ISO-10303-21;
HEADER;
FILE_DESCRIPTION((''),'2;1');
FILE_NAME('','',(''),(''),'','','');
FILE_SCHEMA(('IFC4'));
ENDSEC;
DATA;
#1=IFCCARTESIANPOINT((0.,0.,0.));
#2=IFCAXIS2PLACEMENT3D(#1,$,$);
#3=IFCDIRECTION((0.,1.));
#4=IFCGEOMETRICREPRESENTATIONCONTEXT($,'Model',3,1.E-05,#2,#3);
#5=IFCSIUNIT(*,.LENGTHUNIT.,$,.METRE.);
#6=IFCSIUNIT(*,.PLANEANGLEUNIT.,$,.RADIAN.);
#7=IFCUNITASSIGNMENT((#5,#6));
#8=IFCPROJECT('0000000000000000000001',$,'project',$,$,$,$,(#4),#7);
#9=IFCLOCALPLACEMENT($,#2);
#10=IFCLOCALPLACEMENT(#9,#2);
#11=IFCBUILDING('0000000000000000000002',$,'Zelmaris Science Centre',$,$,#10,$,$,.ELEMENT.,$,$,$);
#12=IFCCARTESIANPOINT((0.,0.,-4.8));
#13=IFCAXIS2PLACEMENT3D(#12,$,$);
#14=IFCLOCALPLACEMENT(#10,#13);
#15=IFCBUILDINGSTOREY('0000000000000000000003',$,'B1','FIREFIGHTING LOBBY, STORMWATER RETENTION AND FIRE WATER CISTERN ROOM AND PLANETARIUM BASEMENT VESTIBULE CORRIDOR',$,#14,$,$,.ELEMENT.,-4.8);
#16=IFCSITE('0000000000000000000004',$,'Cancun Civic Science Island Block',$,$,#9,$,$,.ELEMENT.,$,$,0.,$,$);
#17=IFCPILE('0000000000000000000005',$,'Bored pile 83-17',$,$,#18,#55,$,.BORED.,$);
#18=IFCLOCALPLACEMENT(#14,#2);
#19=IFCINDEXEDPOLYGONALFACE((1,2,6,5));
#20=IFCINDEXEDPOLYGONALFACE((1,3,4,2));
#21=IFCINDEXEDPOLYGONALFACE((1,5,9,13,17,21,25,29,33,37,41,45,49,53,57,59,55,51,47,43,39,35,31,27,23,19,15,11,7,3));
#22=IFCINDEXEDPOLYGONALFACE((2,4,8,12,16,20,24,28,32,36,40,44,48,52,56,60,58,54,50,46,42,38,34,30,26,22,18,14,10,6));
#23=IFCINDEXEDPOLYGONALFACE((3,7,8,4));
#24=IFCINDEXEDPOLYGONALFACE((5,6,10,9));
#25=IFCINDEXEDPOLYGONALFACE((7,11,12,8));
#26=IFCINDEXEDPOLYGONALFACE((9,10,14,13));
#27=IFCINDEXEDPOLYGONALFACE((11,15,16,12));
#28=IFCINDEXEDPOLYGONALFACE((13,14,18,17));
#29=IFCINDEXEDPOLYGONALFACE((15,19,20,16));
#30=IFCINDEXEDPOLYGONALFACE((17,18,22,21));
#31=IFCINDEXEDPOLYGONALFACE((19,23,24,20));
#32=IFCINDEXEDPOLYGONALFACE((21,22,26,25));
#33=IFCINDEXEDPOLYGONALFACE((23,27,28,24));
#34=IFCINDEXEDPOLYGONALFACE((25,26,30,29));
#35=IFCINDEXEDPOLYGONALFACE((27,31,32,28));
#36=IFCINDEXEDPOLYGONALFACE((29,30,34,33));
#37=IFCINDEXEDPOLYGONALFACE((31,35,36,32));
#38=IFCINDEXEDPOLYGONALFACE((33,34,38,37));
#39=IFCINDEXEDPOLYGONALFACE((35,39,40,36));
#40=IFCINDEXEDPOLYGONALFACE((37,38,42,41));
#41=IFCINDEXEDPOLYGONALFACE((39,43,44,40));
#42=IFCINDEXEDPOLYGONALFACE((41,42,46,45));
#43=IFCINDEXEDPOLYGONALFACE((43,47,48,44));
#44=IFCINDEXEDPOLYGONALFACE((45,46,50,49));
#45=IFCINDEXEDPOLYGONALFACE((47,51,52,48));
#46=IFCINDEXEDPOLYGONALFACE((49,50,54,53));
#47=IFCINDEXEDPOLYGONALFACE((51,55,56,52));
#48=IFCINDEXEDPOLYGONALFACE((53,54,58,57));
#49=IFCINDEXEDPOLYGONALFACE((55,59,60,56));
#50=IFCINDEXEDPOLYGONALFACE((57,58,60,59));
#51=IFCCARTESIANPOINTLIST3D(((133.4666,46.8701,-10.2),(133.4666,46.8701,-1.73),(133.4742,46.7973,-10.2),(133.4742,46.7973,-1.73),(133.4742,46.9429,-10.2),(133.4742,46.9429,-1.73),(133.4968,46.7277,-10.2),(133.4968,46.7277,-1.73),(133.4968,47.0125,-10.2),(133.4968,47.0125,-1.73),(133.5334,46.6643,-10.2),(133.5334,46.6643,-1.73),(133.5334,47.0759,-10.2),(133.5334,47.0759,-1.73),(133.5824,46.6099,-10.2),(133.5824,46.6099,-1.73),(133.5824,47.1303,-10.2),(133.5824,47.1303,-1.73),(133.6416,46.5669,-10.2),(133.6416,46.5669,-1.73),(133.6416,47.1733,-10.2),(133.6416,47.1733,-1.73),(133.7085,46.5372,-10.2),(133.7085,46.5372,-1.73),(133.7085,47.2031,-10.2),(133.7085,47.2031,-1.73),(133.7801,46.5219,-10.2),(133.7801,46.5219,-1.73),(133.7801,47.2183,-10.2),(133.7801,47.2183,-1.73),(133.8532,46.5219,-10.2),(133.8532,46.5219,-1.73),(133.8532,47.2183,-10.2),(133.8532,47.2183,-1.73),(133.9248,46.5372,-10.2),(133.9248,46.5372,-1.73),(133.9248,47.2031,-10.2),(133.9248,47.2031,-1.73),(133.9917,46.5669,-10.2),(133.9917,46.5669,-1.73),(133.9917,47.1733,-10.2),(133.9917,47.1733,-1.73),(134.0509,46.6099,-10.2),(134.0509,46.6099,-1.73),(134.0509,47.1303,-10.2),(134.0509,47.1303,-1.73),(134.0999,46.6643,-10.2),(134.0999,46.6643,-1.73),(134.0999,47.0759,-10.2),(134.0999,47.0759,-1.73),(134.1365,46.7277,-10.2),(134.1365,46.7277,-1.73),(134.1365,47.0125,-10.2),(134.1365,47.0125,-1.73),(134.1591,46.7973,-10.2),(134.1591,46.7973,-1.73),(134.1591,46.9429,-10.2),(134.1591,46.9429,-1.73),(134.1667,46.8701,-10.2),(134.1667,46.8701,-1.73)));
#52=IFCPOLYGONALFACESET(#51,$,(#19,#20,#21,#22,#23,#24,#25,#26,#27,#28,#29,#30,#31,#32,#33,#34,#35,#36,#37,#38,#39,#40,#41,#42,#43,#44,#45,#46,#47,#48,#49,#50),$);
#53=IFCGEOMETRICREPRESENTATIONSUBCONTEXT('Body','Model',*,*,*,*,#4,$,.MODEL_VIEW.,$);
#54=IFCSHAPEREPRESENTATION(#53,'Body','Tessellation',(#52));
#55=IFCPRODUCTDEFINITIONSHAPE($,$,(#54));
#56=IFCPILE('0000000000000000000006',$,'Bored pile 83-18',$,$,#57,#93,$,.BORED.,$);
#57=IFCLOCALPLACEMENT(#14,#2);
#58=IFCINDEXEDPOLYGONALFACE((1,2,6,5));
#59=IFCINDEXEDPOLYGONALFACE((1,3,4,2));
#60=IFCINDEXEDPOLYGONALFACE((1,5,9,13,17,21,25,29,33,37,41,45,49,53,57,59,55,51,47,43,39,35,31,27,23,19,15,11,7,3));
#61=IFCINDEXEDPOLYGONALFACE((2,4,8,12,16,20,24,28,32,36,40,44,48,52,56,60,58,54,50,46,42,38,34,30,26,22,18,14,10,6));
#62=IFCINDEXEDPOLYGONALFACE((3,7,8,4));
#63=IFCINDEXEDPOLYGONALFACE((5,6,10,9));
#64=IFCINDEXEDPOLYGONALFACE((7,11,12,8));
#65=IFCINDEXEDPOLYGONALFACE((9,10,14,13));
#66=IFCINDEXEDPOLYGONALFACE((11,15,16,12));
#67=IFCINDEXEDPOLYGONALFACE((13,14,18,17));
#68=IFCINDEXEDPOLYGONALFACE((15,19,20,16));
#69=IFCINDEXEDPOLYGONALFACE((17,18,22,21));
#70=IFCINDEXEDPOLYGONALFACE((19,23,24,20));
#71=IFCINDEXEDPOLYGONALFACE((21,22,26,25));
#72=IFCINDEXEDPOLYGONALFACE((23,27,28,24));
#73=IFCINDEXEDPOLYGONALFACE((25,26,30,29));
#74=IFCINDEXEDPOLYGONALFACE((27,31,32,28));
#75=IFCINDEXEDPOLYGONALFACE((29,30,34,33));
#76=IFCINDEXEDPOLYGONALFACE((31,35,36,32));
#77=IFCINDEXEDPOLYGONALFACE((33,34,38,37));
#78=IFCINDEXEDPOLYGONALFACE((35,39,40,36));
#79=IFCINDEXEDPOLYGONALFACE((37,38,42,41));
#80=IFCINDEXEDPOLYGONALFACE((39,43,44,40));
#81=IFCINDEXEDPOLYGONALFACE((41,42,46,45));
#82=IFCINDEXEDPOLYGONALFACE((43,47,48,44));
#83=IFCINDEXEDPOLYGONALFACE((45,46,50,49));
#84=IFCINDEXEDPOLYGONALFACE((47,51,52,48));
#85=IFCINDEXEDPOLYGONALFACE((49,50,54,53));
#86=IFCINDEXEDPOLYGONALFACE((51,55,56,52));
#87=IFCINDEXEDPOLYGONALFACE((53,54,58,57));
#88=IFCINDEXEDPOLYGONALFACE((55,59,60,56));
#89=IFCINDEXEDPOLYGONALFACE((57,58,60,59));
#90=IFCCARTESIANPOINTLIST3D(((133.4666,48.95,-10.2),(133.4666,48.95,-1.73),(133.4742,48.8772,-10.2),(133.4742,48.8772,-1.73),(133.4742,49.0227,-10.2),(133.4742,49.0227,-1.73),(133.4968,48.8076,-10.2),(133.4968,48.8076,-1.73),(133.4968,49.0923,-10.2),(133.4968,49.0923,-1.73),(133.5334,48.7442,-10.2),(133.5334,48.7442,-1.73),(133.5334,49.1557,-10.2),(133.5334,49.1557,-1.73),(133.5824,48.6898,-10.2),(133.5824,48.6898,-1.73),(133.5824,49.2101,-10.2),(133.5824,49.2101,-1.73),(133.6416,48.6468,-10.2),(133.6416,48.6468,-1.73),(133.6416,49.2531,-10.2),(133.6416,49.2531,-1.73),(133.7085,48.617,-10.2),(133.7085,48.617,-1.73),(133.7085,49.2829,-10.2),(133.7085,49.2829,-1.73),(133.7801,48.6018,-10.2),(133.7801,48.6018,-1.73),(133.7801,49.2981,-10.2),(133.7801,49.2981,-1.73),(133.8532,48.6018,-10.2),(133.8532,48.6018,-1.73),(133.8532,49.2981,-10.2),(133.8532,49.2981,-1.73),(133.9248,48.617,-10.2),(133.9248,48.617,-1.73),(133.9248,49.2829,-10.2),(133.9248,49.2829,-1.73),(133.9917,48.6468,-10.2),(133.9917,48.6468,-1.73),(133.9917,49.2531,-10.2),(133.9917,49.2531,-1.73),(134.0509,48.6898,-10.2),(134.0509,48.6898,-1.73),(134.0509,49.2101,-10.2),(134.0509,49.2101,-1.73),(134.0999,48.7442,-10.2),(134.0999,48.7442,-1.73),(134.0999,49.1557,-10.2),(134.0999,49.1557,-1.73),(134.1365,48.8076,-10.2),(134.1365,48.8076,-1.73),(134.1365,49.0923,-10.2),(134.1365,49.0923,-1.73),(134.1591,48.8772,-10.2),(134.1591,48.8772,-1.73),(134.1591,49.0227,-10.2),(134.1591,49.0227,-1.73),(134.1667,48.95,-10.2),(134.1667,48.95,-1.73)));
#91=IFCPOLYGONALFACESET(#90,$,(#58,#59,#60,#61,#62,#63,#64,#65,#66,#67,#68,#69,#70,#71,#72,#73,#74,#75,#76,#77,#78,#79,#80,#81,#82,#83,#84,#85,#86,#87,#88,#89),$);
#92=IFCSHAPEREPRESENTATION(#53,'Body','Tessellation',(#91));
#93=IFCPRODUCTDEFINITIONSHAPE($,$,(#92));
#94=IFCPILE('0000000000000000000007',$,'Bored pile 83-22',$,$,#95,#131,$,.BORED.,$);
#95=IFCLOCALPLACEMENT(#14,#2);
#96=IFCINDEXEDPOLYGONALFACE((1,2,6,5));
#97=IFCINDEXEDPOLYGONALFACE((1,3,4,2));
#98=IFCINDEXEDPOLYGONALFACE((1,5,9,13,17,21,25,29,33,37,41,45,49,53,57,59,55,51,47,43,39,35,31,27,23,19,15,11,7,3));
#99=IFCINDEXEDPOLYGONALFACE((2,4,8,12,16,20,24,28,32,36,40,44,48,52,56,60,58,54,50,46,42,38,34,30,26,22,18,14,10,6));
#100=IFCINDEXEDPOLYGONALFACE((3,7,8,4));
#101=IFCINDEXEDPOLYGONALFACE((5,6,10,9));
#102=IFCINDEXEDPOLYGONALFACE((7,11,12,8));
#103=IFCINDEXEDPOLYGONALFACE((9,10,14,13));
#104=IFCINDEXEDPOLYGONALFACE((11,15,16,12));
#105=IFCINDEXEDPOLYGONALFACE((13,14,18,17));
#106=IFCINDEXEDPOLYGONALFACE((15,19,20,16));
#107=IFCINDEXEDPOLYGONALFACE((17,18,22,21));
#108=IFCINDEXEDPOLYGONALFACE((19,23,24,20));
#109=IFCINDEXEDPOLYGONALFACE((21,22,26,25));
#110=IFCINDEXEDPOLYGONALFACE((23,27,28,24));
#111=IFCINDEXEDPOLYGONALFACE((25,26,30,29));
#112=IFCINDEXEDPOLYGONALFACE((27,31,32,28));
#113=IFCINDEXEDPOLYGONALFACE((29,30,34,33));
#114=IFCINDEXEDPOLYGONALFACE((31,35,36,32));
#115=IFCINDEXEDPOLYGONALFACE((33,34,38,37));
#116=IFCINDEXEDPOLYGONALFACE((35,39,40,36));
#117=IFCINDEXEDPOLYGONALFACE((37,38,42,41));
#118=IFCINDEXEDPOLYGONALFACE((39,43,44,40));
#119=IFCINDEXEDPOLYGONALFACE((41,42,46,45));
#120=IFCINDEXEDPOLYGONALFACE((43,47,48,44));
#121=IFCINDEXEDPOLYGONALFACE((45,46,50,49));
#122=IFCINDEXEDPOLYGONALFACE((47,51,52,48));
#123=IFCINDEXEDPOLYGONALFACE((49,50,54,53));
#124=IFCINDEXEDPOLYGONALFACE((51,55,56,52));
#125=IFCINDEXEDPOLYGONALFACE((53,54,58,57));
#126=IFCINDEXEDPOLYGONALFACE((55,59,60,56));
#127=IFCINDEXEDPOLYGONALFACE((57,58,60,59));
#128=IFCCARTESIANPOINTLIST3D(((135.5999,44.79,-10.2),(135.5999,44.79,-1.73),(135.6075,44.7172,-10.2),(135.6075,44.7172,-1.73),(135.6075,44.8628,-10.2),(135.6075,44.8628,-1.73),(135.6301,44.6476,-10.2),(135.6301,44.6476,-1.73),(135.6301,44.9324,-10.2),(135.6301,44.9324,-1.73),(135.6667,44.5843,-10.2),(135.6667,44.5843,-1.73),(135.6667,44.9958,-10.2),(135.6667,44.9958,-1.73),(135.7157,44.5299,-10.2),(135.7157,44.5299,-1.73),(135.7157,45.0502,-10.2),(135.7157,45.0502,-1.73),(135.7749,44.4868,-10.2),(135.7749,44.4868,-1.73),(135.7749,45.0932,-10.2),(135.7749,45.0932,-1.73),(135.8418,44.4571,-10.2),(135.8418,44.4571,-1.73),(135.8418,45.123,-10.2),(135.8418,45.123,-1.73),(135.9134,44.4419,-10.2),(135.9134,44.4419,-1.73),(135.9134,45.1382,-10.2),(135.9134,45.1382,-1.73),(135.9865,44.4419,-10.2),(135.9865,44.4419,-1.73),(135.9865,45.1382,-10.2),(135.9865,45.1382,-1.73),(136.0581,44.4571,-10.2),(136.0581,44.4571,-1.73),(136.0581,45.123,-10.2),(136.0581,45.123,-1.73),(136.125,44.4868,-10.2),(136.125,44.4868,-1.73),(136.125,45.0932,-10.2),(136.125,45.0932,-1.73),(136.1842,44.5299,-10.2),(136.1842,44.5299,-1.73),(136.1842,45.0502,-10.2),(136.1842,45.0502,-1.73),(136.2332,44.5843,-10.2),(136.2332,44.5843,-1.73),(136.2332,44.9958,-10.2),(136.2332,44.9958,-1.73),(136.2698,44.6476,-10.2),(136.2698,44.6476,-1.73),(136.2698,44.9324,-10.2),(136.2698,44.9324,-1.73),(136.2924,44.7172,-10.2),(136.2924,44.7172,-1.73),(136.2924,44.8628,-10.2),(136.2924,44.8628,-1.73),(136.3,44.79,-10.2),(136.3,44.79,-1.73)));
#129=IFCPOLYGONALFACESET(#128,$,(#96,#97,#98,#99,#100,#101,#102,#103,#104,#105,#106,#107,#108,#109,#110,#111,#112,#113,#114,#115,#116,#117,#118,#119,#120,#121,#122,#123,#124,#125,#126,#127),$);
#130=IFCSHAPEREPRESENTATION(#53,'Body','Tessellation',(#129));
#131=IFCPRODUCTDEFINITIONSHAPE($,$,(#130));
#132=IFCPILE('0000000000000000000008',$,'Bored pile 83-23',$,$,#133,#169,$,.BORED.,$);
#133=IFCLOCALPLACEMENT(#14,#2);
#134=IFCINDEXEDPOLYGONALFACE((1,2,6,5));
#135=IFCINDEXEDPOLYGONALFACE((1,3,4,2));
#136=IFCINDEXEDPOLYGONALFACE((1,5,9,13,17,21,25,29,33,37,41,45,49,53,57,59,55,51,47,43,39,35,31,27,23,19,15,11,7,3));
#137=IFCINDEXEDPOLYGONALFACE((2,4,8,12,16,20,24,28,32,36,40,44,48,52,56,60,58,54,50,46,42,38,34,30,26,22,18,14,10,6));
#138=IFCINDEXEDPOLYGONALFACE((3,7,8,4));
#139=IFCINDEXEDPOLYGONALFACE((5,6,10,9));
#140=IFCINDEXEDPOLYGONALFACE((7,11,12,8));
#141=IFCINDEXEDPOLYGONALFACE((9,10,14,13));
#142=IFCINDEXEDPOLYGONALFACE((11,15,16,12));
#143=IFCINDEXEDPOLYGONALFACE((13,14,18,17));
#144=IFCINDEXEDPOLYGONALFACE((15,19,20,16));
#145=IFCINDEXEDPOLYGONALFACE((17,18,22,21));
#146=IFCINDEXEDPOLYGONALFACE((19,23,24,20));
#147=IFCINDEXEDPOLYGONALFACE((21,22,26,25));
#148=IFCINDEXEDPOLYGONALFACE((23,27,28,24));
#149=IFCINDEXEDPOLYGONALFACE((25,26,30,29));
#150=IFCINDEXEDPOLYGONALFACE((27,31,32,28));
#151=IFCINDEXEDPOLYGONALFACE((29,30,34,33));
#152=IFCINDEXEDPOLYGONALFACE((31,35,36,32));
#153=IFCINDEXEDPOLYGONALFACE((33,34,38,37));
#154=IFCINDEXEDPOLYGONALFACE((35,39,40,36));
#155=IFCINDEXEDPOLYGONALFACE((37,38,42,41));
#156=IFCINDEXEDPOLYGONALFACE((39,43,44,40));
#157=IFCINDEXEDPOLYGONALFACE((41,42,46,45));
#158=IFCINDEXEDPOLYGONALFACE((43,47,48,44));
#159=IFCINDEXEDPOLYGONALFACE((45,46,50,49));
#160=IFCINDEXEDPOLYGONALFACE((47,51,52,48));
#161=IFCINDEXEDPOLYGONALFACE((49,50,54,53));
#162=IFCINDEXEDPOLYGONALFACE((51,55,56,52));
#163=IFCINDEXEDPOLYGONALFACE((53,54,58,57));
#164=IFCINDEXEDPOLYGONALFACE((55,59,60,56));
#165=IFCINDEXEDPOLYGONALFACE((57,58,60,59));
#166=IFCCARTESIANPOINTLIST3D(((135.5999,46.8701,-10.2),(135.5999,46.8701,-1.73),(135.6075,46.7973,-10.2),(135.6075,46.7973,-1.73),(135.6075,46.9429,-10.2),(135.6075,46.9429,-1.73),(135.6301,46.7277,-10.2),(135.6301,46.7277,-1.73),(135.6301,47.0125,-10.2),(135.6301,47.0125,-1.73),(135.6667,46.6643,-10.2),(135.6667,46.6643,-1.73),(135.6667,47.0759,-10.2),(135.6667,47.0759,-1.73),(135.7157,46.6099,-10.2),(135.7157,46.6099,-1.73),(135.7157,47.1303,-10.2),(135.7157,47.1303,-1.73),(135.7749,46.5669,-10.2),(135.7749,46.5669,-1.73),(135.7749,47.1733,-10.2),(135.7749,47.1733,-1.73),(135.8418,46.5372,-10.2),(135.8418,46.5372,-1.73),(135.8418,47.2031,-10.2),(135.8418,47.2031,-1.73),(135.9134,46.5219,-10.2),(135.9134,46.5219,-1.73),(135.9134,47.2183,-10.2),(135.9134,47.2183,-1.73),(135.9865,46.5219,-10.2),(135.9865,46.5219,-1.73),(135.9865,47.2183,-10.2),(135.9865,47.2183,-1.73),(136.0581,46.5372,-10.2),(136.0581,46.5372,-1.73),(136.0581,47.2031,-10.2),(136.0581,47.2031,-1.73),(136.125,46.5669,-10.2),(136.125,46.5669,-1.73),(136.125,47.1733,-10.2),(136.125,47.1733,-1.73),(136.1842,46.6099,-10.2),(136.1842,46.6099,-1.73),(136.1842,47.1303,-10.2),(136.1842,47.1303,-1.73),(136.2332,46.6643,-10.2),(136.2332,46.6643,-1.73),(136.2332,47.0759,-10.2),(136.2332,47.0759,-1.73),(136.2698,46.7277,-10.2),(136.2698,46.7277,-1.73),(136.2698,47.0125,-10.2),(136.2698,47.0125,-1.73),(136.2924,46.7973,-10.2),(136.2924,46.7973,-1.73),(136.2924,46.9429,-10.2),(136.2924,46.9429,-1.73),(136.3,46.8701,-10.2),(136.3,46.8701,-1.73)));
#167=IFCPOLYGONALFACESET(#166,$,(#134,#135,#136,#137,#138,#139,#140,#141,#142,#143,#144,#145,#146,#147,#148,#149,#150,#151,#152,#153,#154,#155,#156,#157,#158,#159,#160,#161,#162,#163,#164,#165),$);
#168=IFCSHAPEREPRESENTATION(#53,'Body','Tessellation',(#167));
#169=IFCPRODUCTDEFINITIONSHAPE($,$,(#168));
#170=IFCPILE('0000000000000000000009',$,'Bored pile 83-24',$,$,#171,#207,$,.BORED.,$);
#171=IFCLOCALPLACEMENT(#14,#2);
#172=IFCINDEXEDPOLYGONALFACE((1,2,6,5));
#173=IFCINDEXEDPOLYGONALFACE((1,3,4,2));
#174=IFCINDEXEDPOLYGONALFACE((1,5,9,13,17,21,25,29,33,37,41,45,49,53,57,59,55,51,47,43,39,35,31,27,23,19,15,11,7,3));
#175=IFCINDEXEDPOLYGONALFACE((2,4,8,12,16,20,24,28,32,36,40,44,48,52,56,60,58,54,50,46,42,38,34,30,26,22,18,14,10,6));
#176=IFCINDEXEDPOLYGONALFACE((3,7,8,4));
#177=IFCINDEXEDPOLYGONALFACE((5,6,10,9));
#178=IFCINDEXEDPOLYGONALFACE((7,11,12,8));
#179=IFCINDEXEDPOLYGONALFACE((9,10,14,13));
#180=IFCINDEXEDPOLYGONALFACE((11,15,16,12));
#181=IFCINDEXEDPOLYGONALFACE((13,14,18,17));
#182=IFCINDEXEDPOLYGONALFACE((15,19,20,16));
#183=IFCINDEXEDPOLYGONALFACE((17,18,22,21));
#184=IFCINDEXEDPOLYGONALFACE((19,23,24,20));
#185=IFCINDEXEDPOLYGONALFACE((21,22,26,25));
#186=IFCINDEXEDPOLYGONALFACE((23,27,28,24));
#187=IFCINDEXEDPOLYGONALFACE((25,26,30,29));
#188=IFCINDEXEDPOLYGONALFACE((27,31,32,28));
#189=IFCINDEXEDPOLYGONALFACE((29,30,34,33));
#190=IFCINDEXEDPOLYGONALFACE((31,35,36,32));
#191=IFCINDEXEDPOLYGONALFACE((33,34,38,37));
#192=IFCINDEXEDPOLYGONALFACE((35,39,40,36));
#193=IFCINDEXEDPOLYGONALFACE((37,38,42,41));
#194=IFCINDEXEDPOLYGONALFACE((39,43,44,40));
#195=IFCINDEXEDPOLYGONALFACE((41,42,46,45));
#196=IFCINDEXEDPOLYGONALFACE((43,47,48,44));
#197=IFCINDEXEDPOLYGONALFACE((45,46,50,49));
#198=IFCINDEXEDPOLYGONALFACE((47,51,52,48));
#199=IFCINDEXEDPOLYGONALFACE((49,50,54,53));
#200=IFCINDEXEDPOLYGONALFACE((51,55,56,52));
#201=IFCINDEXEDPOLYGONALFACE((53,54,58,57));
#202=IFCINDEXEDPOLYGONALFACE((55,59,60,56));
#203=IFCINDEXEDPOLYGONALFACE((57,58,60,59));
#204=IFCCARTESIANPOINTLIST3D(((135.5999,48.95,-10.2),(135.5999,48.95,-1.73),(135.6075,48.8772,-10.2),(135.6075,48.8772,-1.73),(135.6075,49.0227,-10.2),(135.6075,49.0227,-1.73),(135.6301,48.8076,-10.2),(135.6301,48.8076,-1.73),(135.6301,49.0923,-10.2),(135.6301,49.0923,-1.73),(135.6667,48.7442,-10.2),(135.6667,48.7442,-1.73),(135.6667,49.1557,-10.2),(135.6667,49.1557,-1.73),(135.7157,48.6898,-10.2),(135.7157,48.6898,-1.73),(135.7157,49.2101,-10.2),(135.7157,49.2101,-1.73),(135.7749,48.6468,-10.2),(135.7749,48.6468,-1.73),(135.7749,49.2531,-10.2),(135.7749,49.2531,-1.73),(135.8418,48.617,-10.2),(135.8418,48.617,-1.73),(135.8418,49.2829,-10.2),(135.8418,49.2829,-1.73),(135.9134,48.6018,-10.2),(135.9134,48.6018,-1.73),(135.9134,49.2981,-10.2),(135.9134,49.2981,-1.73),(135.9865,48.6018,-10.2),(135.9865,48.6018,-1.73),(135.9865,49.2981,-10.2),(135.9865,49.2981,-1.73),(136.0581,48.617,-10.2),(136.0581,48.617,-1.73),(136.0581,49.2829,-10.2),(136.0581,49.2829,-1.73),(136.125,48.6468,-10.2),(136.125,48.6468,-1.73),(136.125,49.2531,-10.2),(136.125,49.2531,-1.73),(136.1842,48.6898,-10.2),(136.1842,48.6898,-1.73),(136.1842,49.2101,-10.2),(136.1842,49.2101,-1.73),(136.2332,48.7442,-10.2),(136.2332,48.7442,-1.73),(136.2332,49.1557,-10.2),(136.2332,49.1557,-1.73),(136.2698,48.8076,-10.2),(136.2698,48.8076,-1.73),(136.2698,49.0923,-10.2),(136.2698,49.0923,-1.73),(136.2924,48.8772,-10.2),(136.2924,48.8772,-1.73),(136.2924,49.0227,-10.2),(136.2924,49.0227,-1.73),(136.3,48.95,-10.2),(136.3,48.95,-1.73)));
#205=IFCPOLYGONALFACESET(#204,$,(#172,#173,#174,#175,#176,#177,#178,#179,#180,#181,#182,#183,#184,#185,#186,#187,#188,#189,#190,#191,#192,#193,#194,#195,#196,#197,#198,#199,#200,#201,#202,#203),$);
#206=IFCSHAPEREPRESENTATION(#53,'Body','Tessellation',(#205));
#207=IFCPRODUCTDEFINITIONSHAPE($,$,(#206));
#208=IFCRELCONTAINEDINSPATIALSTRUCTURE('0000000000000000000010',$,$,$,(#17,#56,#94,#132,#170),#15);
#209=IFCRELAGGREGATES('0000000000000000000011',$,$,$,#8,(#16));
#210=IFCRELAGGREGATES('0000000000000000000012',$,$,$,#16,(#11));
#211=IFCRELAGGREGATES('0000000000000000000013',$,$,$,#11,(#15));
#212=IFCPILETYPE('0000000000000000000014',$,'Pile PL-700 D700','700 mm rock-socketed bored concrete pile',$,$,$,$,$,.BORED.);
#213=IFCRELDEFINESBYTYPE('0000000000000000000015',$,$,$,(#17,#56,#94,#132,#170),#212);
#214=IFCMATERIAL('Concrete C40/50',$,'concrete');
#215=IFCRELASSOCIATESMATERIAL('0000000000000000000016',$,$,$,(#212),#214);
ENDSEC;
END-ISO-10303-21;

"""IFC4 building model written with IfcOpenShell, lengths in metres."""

from ifc_helpers import new_model, si_unit, direction, frame, origin, origin_2d, place, context, subcontext, project, spatial, circle, extrude, material, material_profile, profile_set, type_object, element, save


model = new_model("IFC4")

# Units and contexts
model_context = context("Model", 3, precision=1e-05, world=origin(), true_north=direction((0.0, 1.0)))
body_context = subcontext(model_context, "Body", "Model", "MODEL_VIEW")
ifc_project = project(units=[si_unit("LENGTHUNIT", "METRE"), si_unit("PLANEANGLEUNIT", "RADIAN")], contexts=[model_context])

# Site, building, storey
site_placement = place(None, origin())
site = spatial("IfcSite", under=ifc_project, at=site_placement, Name="Cancun Civic Science Island Block", CompositionType="ELEMENT", RefElevation=0.0)
building_placement = place(site_placement, origin())
building = spatial("IfcBuilding", under=site, at=building_placement, Name="Zelmaris Science Centre", CompositionType="ELEMENT")
storey_placement = place(building_placement, frame((0.0, 0.0, -4.8)))
storey = spatial("IfcBuildingStorey", under=building, at=storey_placement, Name="B1", Description="FIREFIGHTING LOBBY, STORMWATER RETENTION AND FIRE WATER CISTERN ROOM AND PLANETARIUM BASEMENT VESTIBULE CORRIDOR", CompositionType="ELEMENT", Elevation=-4.8)

# Shared definitions
ifc_material_1 = material(Name="Concrete C40/50", Category="concrete")

# Piles
ifc_material_profile_1 = material_profile(ifc_material_1, circle(Radius=0.3501, at=origin_2d()), Name="PILE-700")
ifc_profile_set_1 = profile_set([ifc_material_profile_1], Name="Concrete C40/50")
pile_type_1 = type_object("IfcPileType", Name="Pile PL-700 D700", Description="700 mm rock-socketed bored concrete pile", PredefinedType="BORED", material=ifc_profile_set_1)
for number, where, z_axis, x_axis, name in (
    (1, (133.8167, 46.8701, -1.73), (0.0, 0.0, -1.0), (1.0, 0.0, 0.0), "Bored pile 83-17"),
    (2, (133.8167, 48.95, -1.73), (0.0, 0.0, -1.0), (1.0, 0.0, 0.0), "Bored pile 83-18"),
    (3, (135.95, 44.79, -1.73), (0.0, 0.0, -1.0), (1.0, 0.0, 0.0), "Bored pile 83-22"),
    (4, (135.95, 46.8701, -1.73), (0.0, 0.0, -1.0), (1.0, 0.0, 0.0), "Bored pile 83-23"),
    (5, (135.95, 48.95, -1.73), (0.0, 0.0, -1.0), (1.0, 0.0, 0.0), "Bored pile 83-24"),
):
    element("IfcPile", number, at=place(storey_placement, frame(where, z_axis=z_axis, x_axis=x_axis)), inside=storey, type_object=pile_type_1, Name=name, PredefinedType="BORED", context=body_context, shape_type="SweptSolid", body=[
        extrude(circle(Radius=0.3501, at=origin_2d()), origin(), (0.0, 0.0, 1.0), 8.47),
    ])

save(model, "model.ifc")
